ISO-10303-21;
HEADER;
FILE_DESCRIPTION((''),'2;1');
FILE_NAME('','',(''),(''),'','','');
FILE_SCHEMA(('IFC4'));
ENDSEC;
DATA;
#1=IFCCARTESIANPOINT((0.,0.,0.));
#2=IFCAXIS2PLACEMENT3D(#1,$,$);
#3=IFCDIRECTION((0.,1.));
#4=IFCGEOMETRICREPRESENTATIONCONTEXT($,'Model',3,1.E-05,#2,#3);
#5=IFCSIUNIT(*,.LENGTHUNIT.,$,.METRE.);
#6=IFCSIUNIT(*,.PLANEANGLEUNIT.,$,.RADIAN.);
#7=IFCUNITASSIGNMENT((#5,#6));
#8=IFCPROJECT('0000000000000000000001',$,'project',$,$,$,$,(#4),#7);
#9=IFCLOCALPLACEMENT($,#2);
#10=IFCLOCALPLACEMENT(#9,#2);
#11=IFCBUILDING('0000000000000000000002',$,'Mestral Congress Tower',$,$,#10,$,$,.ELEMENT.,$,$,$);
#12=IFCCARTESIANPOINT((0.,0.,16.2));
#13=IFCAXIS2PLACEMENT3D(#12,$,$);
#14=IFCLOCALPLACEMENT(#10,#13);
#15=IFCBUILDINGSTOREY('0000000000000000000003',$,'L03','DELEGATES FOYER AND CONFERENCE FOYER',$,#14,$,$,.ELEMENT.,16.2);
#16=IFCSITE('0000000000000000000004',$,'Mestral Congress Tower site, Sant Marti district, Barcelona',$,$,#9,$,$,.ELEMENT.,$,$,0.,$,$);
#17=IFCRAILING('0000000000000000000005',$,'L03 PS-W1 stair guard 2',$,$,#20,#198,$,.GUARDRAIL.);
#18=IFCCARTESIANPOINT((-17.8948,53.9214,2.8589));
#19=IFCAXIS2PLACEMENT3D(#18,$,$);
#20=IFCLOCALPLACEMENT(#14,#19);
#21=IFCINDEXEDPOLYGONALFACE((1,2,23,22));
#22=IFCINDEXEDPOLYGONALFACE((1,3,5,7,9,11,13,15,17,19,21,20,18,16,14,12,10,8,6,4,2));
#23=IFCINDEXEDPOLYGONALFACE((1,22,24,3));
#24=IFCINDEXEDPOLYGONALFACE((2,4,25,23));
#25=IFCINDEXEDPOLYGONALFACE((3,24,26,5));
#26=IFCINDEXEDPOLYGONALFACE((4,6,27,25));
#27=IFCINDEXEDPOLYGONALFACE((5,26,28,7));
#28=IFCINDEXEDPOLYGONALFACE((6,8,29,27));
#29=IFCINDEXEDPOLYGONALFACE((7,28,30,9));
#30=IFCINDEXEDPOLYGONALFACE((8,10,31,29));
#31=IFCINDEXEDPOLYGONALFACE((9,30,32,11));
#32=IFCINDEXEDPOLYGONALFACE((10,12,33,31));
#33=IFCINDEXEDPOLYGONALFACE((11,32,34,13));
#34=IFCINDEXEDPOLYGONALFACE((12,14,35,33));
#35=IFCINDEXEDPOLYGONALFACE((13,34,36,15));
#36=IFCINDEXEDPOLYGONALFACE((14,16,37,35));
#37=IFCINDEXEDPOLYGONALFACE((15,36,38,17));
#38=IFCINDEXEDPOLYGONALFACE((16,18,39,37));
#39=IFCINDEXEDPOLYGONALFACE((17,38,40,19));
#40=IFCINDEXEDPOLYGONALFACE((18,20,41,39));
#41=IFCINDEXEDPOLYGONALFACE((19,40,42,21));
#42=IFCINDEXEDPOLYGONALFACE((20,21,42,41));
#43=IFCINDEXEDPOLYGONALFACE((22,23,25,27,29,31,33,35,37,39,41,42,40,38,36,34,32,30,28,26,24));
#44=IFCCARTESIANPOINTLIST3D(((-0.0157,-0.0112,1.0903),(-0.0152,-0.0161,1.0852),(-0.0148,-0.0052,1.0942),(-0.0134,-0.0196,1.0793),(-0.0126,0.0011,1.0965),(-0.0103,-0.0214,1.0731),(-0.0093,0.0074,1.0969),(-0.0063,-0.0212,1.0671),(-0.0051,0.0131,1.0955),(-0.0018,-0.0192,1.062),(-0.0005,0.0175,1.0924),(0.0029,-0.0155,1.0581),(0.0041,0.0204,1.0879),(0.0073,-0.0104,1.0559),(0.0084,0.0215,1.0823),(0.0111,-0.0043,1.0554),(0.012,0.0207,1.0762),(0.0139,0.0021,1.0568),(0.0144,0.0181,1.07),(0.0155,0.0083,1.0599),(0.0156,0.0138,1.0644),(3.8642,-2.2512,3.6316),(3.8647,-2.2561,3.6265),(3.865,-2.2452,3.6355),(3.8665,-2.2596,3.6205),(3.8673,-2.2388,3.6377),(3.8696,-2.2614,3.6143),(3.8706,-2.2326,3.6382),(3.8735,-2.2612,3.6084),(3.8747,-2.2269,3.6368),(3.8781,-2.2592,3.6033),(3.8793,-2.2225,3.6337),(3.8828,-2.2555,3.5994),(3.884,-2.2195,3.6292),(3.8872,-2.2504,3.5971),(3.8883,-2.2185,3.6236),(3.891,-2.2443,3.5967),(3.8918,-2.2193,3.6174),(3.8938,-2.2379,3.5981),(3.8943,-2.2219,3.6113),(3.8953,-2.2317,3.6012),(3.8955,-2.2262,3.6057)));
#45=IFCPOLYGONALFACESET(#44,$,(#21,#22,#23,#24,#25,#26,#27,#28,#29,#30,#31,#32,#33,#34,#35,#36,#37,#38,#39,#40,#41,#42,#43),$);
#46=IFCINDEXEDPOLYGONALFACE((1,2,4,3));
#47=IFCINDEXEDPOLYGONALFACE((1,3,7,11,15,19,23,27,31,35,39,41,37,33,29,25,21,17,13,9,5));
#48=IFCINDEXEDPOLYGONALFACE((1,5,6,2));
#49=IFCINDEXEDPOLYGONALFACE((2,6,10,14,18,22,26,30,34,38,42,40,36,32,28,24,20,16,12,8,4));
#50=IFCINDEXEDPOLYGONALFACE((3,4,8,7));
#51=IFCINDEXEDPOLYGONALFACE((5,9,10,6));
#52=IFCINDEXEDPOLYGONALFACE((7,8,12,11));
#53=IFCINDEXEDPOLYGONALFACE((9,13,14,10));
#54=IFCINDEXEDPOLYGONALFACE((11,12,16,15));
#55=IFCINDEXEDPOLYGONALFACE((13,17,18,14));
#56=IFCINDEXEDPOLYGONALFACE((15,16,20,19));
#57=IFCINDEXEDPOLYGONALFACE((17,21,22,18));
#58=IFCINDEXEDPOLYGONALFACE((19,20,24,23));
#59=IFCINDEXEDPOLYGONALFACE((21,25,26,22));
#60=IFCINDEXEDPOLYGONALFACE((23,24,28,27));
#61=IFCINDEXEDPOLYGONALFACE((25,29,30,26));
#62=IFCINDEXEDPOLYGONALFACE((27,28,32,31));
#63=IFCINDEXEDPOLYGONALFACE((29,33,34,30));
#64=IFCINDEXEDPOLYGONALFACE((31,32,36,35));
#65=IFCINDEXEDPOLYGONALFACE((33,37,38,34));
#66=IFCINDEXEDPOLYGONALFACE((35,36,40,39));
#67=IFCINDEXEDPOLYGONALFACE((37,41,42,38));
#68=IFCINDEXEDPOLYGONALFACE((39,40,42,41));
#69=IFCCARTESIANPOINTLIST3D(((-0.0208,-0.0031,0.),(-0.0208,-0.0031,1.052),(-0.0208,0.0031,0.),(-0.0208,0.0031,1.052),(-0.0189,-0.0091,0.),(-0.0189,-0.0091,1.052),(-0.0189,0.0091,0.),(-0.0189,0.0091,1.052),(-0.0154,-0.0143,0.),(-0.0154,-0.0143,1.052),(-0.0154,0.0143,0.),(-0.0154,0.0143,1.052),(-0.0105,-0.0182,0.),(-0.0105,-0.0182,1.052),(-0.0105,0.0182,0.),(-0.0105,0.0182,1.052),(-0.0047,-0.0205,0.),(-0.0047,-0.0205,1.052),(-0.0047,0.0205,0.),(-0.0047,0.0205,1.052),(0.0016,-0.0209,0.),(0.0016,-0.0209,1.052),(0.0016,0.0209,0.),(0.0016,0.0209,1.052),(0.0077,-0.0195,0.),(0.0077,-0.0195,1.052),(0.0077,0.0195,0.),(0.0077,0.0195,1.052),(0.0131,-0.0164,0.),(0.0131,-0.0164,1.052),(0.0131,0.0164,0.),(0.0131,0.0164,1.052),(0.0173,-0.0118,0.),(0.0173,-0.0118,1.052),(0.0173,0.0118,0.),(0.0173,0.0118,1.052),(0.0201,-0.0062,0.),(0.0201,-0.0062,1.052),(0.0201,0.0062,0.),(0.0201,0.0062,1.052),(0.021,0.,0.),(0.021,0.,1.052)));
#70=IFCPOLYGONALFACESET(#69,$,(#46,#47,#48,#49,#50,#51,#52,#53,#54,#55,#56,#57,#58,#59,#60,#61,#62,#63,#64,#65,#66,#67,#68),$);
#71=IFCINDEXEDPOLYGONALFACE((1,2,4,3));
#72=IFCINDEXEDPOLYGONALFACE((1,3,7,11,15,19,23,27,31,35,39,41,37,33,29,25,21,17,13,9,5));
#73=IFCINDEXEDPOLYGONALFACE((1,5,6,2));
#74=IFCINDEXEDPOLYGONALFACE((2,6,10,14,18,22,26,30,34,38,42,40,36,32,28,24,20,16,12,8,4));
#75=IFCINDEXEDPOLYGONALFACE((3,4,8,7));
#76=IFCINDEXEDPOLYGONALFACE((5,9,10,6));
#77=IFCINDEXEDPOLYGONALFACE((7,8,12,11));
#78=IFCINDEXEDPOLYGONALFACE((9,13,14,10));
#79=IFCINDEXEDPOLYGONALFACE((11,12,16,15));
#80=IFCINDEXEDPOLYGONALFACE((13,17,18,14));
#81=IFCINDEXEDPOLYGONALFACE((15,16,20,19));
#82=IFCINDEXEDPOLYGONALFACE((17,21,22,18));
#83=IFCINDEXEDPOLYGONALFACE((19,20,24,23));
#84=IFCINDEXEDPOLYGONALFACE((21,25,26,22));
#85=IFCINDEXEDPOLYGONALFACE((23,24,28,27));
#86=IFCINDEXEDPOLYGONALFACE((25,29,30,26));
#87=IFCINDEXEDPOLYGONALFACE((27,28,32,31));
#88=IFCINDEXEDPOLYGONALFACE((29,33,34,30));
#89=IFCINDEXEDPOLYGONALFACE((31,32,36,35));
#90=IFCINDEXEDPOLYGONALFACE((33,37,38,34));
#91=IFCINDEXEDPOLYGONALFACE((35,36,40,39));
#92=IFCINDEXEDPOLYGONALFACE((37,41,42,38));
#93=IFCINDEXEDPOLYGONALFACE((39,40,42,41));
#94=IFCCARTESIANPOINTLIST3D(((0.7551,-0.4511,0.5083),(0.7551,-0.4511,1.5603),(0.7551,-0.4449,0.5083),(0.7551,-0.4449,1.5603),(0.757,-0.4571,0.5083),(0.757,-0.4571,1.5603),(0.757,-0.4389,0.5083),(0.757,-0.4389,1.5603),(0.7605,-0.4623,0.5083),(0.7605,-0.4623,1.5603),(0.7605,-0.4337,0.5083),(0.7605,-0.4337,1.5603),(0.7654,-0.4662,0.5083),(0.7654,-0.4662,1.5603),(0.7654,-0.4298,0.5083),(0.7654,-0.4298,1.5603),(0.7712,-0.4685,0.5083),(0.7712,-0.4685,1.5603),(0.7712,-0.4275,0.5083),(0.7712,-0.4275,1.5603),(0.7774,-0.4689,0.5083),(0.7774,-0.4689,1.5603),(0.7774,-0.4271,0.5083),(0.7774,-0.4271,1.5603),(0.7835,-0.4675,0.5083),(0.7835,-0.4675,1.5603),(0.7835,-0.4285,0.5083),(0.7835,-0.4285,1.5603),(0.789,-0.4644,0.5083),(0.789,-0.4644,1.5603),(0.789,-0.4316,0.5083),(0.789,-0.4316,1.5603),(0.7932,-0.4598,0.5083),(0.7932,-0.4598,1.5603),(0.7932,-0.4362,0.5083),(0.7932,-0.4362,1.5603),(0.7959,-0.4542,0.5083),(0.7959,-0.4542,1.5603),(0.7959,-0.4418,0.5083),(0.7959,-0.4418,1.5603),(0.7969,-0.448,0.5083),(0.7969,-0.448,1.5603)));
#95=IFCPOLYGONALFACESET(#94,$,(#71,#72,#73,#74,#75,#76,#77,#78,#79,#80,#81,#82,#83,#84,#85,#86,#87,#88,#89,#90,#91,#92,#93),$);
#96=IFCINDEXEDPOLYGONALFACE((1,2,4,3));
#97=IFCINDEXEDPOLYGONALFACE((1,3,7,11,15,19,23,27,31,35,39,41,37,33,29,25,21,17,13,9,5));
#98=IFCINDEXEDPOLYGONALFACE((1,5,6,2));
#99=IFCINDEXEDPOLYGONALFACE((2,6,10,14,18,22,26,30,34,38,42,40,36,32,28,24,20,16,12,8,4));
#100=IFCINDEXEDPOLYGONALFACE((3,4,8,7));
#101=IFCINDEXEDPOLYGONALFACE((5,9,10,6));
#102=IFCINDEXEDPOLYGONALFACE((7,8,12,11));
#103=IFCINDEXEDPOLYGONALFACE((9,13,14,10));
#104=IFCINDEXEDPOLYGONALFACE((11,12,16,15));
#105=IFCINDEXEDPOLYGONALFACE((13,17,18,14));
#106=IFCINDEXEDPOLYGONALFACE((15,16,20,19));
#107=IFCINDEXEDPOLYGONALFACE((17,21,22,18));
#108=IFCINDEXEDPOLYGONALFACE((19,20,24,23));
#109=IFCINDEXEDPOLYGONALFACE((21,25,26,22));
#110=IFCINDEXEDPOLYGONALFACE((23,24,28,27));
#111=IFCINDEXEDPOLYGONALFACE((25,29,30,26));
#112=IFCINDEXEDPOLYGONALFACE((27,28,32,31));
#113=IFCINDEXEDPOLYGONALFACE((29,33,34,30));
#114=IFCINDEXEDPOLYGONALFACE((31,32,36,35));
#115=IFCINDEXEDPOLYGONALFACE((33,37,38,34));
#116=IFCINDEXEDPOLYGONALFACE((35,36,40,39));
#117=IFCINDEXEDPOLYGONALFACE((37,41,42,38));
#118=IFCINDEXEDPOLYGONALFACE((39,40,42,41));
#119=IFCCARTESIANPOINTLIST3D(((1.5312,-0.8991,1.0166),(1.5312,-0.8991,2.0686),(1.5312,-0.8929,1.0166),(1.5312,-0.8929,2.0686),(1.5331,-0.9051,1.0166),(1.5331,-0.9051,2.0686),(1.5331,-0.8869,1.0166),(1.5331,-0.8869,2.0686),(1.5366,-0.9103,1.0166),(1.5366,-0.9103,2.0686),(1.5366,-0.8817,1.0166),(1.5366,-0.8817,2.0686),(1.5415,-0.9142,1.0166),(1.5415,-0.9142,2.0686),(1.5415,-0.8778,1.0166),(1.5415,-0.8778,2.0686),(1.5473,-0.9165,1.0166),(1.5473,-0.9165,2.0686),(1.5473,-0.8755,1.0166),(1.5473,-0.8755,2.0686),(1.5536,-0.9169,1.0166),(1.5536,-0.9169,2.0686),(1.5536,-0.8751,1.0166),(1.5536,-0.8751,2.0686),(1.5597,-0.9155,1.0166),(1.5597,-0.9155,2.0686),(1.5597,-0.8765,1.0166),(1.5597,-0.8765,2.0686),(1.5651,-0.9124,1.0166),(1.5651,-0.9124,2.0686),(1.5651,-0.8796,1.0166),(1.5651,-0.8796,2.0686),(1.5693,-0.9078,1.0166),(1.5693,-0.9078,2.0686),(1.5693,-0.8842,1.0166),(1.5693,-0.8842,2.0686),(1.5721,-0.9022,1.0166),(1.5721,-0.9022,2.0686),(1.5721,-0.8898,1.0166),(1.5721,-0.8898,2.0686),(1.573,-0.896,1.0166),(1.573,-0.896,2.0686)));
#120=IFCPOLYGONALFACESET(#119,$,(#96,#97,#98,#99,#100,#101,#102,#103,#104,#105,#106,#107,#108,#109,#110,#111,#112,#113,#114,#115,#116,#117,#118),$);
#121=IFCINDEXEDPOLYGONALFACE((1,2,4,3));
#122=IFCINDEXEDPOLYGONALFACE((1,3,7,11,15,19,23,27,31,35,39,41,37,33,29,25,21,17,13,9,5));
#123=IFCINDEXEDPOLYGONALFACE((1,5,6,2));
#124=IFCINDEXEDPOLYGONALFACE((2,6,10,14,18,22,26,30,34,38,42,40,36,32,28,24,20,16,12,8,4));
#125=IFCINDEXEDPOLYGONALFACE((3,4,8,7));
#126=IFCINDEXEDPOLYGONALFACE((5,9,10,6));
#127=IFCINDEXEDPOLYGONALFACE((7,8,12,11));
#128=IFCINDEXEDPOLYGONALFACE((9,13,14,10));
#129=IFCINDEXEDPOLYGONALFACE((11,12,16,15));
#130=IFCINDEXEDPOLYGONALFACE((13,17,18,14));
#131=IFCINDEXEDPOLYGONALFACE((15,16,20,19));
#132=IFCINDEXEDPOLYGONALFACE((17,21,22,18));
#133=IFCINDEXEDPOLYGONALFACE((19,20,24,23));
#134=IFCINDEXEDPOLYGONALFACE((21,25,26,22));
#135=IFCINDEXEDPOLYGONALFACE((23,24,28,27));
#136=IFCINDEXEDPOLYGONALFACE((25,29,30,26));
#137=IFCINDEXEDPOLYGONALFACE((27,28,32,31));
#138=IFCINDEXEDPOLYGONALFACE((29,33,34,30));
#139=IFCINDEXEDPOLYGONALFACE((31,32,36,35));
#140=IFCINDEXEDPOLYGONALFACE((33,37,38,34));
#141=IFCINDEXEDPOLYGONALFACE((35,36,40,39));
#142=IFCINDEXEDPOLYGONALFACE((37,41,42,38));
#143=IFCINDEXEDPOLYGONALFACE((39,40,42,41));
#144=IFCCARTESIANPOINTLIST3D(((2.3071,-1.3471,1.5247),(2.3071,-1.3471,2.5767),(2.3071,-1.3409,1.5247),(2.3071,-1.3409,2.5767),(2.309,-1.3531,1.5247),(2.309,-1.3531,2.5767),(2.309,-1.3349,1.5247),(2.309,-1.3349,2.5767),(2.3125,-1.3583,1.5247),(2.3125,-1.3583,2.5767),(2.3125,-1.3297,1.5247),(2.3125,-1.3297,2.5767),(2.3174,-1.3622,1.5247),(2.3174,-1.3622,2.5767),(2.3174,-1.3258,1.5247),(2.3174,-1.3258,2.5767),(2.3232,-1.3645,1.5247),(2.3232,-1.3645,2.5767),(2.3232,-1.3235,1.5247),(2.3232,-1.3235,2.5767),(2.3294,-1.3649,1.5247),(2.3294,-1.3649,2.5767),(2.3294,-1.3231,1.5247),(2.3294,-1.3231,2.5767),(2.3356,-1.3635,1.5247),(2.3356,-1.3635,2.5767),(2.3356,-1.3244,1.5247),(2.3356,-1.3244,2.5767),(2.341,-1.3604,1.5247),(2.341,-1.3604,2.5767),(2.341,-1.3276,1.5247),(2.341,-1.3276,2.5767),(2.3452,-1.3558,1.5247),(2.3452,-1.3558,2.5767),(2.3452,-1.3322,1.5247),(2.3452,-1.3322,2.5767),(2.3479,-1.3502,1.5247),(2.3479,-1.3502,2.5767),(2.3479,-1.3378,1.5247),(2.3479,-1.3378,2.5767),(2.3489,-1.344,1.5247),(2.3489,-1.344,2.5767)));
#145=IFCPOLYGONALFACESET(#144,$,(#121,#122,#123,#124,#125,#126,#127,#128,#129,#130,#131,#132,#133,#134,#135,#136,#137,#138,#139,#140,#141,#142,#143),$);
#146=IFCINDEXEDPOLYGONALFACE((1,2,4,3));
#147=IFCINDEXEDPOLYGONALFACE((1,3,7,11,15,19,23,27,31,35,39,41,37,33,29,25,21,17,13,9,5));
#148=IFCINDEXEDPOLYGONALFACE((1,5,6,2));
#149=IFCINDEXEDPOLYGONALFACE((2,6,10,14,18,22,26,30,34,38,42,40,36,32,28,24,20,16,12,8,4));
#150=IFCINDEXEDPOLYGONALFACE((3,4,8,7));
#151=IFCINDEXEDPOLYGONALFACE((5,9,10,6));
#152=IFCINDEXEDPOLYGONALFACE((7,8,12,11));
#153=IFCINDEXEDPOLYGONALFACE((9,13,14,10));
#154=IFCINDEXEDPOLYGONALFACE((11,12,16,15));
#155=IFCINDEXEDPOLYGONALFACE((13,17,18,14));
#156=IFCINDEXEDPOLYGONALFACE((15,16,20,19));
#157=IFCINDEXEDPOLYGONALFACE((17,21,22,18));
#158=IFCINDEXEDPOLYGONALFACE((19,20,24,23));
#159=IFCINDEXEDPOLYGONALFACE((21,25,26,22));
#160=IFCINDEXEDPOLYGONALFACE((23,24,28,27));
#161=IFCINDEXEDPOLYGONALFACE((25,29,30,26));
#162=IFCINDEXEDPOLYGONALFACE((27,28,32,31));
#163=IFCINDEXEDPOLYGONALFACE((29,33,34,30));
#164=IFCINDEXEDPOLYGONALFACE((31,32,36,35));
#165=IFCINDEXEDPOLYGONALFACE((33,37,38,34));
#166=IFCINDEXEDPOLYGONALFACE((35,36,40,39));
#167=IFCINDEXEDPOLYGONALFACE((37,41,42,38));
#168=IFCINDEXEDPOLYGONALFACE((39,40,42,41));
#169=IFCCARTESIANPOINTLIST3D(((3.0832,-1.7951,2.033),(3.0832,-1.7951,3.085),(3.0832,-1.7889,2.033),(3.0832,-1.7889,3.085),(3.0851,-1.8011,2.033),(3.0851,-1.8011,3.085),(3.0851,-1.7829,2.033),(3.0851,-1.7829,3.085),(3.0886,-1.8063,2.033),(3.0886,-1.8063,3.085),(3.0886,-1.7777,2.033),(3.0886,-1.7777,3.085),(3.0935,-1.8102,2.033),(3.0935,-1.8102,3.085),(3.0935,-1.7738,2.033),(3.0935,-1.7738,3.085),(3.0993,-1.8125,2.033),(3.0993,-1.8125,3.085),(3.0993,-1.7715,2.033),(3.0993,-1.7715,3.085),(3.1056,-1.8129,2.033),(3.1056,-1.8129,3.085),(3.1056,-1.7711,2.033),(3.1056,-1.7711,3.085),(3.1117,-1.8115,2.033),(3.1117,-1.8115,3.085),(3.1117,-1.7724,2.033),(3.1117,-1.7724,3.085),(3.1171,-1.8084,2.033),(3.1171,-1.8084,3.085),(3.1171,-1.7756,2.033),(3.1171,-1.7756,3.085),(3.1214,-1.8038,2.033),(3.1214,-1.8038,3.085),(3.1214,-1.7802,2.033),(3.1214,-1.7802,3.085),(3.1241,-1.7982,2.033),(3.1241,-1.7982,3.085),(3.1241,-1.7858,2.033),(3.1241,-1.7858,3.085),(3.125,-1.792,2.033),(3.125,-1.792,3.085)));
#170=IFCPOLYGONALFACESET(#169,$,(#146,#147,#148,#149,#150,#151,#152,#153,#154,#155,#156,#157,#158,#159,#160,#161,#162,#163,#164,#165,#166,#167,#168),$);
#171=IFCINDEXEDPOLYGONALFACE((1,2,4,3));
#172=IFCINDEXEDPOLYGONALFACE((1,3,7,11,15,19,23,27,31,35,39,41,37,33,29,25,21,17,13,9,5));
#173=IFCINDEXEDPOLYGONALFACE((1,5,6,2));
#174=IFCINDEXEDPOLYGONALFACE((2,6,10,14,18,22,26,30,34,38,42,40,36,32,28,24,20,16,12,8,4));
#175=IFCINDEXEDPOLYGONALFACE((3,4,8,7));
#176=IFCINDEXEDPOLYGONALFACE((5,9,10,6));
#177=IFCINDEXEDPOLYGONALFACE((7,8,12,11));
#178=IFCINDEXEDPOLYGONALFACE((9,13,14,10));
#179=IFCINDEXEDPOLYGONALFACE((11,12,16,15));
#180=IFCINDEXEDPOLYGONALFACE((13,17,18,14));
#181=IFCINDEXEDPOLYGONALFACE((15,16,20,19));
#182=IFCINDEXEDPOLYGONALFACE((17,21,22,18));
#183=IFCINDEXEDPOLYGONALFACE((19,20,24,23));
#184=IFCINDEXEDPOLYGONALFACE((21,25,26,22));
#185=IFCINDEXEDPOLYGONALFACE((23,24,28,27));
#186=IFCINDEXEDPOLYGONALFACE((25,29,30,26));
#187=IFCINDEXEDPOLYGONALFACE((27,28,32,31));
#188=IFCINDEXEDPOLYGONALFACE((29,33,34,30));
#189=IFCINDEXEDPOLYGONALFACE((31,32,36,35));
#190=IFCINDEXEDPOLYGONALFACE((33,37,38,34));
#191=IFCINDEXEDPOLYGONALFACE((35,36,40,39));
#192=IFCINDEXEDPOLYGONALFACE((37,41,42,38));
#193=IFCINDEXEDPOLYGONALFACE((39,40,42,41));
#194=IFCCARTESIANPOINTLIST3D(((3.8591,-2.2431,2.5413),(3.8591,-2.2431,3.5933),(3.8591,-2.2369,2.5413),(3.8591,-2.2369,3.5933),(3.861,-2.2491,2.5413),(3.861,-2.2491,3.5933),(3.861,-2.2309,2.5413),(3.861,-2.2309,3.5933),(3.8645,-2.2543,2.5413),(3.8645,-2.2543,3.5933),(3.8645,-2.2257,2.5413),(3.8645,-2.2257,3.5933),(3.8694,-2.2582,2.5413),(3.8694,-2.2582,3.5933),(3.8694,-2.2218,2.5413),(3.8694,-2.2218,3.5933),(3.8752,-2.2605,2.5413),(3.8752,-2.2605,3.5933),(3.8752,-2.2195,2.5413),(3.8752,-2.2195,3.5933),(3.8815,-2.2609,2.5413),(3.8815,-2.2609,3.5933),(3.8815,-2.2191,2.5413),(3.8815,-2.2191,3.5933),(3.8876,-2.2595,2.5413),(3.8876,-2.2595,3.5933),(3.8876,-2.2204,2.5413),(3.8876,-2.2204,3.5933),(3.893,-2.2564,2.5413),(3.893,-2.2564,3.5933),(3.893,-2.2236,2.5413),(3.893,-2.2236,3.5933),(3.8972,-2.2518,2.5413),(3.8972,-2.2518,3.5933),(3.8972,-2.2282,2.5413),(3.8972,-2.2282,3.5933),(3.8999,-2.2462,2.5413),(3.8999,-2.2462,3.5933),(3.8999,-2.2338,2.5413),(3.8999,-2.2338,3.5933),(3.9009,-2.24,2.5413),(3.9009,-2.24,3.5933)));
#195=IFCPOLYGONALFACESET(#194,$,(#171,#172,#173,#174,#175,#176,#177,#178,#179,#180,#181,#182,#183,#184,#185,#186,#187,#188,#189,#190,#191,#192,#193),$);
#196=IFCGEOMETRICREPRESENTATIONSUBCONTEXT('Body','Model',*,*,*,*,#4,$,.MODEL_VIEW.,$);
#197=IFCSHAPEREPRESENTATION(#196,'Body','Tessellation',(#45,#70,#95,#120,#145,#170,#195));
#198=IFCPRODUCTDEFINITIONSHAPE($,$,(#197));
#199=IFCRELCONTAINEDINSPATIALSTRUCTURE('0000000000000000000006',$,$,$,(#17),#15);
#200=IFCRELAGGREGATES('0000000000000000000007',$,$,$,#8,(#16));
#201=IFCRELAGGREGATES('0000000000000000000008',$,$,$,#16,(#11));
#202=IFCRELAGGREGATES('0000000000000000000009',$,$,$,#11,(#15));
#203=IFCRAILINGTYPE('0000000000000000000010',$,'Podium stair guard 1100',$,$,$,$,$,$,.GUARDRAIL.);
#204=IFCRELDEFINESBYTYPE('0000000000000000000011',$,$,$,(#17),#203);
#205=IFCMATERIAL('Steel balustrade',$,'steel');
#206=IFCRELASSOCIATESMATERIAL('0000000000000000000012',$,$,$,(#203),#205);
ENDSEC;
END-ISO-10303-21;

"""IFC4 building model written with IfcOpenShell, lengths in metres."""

from ifc_helpers import new_model, si_unit, direction, frame, origin, origin_2d, place, context, subcontext, project, spatial, circle, extrude, material, type_object, element, save


model = new_model("IFC4")

# Units and contexts
model_context = context("Model", 3, precision=1e-05, world=origin(), true_north=direction((0.0, 1.0)))
body_context = subcontext(model_context, "Body", "Model", "MODEL_VIEW")
ifc_project = project(units=[si_unit("LENGTHUNIT", "METRE"), si_unit("PLANEANGLEUNIT", "RADIAN")], contexts=[model_context])

# Site, building, storey
site_placement = place(None, origin())
site = spatial("IfcSite", under=ifc_project, at=site_placement, Name="Mestral Congress Tower site, Sant Marti district, Barcelona", CompositionType="ELEMENT", RefElevation=0.0)
building_placement = place(site_placement, origin())
building = spatial("IfcBuilding", under=site, at=building_placement, Name="Mestral Congress Tower", CompositionType="ELEMENT")
storey_placement = place(building_placement, frame((0.0, 0.0, 16.2)))
storey = spatial("IfcBuildingStorey", under=building, at=storey_placement, Name="L03", Description="DELEGATES FOYER AND CONFERENCE FOYER", CompositionType="ELEMENT", Elevation=16.2)

# Railing
ifc_material_1 = material(Name="Steel balustrade", Category="steel")
railing_type_1 = type_object("IfcRailingType", Name="Podium stair guard 1100", PredefinedType="GUARDRAIL", material=ifc_material_1)
railing_1_placement = place(storey_placement, frame((-17.8948, 53.9214, 2.8589)))
element("IfcRailing", 1, at=railing_1_placement, inside=storey, type_object=railing_type_1, Name="L03 PS-W1 stair guard 2", PredefinedType="GUARDRAIL", context=body_context, shape_type="SweptSolid", body=[
    extrude(circle(Radius=0.0239, at=origin_2d()), frame((0.0, 0.0, 1.0762), z_axis=(0.753282, -0.434896, 0.493388), x_axis=(0.49999, 0.866031, 0.0)), (0.0, 0.0, 1.0), 5.1506),
    extrude(circle(Radius=0.021, at=origin_2d()), origin(), (0.0, 0.0, 1.0), 1.052),
    extrude(circle(Radius=0.021, at=origin_2d()), frame((0.7759, -0.448, 0.5083)), (0.0, 0.0, 1.0), 1.052),
    extrude(circle(Radius=0.021, at=origin_2d()), frame((1.552, -0.896, 1.0166)), (0.0, 0.0, 1.0), 1.052),
    extrude(circle(Radius=0.021, at=origin_2d()), frame((2.3279, -1.344, 1.5247)), (0.0, 0.0, 1.0), 1.052),
    extrude(circle(Radius=0.021, at=origin_2d()), frame((3.104, -1.792, 2.033)), (0.0, 0.0, 1.0), 1.052),
    extrude(circle(Radius=0.021, at=origin_2d()), frame((3.8799, -2.24, 2.5413)), (0.0, 0.0, 1.0), 1.052),
])

save(model, "model.ifc")
